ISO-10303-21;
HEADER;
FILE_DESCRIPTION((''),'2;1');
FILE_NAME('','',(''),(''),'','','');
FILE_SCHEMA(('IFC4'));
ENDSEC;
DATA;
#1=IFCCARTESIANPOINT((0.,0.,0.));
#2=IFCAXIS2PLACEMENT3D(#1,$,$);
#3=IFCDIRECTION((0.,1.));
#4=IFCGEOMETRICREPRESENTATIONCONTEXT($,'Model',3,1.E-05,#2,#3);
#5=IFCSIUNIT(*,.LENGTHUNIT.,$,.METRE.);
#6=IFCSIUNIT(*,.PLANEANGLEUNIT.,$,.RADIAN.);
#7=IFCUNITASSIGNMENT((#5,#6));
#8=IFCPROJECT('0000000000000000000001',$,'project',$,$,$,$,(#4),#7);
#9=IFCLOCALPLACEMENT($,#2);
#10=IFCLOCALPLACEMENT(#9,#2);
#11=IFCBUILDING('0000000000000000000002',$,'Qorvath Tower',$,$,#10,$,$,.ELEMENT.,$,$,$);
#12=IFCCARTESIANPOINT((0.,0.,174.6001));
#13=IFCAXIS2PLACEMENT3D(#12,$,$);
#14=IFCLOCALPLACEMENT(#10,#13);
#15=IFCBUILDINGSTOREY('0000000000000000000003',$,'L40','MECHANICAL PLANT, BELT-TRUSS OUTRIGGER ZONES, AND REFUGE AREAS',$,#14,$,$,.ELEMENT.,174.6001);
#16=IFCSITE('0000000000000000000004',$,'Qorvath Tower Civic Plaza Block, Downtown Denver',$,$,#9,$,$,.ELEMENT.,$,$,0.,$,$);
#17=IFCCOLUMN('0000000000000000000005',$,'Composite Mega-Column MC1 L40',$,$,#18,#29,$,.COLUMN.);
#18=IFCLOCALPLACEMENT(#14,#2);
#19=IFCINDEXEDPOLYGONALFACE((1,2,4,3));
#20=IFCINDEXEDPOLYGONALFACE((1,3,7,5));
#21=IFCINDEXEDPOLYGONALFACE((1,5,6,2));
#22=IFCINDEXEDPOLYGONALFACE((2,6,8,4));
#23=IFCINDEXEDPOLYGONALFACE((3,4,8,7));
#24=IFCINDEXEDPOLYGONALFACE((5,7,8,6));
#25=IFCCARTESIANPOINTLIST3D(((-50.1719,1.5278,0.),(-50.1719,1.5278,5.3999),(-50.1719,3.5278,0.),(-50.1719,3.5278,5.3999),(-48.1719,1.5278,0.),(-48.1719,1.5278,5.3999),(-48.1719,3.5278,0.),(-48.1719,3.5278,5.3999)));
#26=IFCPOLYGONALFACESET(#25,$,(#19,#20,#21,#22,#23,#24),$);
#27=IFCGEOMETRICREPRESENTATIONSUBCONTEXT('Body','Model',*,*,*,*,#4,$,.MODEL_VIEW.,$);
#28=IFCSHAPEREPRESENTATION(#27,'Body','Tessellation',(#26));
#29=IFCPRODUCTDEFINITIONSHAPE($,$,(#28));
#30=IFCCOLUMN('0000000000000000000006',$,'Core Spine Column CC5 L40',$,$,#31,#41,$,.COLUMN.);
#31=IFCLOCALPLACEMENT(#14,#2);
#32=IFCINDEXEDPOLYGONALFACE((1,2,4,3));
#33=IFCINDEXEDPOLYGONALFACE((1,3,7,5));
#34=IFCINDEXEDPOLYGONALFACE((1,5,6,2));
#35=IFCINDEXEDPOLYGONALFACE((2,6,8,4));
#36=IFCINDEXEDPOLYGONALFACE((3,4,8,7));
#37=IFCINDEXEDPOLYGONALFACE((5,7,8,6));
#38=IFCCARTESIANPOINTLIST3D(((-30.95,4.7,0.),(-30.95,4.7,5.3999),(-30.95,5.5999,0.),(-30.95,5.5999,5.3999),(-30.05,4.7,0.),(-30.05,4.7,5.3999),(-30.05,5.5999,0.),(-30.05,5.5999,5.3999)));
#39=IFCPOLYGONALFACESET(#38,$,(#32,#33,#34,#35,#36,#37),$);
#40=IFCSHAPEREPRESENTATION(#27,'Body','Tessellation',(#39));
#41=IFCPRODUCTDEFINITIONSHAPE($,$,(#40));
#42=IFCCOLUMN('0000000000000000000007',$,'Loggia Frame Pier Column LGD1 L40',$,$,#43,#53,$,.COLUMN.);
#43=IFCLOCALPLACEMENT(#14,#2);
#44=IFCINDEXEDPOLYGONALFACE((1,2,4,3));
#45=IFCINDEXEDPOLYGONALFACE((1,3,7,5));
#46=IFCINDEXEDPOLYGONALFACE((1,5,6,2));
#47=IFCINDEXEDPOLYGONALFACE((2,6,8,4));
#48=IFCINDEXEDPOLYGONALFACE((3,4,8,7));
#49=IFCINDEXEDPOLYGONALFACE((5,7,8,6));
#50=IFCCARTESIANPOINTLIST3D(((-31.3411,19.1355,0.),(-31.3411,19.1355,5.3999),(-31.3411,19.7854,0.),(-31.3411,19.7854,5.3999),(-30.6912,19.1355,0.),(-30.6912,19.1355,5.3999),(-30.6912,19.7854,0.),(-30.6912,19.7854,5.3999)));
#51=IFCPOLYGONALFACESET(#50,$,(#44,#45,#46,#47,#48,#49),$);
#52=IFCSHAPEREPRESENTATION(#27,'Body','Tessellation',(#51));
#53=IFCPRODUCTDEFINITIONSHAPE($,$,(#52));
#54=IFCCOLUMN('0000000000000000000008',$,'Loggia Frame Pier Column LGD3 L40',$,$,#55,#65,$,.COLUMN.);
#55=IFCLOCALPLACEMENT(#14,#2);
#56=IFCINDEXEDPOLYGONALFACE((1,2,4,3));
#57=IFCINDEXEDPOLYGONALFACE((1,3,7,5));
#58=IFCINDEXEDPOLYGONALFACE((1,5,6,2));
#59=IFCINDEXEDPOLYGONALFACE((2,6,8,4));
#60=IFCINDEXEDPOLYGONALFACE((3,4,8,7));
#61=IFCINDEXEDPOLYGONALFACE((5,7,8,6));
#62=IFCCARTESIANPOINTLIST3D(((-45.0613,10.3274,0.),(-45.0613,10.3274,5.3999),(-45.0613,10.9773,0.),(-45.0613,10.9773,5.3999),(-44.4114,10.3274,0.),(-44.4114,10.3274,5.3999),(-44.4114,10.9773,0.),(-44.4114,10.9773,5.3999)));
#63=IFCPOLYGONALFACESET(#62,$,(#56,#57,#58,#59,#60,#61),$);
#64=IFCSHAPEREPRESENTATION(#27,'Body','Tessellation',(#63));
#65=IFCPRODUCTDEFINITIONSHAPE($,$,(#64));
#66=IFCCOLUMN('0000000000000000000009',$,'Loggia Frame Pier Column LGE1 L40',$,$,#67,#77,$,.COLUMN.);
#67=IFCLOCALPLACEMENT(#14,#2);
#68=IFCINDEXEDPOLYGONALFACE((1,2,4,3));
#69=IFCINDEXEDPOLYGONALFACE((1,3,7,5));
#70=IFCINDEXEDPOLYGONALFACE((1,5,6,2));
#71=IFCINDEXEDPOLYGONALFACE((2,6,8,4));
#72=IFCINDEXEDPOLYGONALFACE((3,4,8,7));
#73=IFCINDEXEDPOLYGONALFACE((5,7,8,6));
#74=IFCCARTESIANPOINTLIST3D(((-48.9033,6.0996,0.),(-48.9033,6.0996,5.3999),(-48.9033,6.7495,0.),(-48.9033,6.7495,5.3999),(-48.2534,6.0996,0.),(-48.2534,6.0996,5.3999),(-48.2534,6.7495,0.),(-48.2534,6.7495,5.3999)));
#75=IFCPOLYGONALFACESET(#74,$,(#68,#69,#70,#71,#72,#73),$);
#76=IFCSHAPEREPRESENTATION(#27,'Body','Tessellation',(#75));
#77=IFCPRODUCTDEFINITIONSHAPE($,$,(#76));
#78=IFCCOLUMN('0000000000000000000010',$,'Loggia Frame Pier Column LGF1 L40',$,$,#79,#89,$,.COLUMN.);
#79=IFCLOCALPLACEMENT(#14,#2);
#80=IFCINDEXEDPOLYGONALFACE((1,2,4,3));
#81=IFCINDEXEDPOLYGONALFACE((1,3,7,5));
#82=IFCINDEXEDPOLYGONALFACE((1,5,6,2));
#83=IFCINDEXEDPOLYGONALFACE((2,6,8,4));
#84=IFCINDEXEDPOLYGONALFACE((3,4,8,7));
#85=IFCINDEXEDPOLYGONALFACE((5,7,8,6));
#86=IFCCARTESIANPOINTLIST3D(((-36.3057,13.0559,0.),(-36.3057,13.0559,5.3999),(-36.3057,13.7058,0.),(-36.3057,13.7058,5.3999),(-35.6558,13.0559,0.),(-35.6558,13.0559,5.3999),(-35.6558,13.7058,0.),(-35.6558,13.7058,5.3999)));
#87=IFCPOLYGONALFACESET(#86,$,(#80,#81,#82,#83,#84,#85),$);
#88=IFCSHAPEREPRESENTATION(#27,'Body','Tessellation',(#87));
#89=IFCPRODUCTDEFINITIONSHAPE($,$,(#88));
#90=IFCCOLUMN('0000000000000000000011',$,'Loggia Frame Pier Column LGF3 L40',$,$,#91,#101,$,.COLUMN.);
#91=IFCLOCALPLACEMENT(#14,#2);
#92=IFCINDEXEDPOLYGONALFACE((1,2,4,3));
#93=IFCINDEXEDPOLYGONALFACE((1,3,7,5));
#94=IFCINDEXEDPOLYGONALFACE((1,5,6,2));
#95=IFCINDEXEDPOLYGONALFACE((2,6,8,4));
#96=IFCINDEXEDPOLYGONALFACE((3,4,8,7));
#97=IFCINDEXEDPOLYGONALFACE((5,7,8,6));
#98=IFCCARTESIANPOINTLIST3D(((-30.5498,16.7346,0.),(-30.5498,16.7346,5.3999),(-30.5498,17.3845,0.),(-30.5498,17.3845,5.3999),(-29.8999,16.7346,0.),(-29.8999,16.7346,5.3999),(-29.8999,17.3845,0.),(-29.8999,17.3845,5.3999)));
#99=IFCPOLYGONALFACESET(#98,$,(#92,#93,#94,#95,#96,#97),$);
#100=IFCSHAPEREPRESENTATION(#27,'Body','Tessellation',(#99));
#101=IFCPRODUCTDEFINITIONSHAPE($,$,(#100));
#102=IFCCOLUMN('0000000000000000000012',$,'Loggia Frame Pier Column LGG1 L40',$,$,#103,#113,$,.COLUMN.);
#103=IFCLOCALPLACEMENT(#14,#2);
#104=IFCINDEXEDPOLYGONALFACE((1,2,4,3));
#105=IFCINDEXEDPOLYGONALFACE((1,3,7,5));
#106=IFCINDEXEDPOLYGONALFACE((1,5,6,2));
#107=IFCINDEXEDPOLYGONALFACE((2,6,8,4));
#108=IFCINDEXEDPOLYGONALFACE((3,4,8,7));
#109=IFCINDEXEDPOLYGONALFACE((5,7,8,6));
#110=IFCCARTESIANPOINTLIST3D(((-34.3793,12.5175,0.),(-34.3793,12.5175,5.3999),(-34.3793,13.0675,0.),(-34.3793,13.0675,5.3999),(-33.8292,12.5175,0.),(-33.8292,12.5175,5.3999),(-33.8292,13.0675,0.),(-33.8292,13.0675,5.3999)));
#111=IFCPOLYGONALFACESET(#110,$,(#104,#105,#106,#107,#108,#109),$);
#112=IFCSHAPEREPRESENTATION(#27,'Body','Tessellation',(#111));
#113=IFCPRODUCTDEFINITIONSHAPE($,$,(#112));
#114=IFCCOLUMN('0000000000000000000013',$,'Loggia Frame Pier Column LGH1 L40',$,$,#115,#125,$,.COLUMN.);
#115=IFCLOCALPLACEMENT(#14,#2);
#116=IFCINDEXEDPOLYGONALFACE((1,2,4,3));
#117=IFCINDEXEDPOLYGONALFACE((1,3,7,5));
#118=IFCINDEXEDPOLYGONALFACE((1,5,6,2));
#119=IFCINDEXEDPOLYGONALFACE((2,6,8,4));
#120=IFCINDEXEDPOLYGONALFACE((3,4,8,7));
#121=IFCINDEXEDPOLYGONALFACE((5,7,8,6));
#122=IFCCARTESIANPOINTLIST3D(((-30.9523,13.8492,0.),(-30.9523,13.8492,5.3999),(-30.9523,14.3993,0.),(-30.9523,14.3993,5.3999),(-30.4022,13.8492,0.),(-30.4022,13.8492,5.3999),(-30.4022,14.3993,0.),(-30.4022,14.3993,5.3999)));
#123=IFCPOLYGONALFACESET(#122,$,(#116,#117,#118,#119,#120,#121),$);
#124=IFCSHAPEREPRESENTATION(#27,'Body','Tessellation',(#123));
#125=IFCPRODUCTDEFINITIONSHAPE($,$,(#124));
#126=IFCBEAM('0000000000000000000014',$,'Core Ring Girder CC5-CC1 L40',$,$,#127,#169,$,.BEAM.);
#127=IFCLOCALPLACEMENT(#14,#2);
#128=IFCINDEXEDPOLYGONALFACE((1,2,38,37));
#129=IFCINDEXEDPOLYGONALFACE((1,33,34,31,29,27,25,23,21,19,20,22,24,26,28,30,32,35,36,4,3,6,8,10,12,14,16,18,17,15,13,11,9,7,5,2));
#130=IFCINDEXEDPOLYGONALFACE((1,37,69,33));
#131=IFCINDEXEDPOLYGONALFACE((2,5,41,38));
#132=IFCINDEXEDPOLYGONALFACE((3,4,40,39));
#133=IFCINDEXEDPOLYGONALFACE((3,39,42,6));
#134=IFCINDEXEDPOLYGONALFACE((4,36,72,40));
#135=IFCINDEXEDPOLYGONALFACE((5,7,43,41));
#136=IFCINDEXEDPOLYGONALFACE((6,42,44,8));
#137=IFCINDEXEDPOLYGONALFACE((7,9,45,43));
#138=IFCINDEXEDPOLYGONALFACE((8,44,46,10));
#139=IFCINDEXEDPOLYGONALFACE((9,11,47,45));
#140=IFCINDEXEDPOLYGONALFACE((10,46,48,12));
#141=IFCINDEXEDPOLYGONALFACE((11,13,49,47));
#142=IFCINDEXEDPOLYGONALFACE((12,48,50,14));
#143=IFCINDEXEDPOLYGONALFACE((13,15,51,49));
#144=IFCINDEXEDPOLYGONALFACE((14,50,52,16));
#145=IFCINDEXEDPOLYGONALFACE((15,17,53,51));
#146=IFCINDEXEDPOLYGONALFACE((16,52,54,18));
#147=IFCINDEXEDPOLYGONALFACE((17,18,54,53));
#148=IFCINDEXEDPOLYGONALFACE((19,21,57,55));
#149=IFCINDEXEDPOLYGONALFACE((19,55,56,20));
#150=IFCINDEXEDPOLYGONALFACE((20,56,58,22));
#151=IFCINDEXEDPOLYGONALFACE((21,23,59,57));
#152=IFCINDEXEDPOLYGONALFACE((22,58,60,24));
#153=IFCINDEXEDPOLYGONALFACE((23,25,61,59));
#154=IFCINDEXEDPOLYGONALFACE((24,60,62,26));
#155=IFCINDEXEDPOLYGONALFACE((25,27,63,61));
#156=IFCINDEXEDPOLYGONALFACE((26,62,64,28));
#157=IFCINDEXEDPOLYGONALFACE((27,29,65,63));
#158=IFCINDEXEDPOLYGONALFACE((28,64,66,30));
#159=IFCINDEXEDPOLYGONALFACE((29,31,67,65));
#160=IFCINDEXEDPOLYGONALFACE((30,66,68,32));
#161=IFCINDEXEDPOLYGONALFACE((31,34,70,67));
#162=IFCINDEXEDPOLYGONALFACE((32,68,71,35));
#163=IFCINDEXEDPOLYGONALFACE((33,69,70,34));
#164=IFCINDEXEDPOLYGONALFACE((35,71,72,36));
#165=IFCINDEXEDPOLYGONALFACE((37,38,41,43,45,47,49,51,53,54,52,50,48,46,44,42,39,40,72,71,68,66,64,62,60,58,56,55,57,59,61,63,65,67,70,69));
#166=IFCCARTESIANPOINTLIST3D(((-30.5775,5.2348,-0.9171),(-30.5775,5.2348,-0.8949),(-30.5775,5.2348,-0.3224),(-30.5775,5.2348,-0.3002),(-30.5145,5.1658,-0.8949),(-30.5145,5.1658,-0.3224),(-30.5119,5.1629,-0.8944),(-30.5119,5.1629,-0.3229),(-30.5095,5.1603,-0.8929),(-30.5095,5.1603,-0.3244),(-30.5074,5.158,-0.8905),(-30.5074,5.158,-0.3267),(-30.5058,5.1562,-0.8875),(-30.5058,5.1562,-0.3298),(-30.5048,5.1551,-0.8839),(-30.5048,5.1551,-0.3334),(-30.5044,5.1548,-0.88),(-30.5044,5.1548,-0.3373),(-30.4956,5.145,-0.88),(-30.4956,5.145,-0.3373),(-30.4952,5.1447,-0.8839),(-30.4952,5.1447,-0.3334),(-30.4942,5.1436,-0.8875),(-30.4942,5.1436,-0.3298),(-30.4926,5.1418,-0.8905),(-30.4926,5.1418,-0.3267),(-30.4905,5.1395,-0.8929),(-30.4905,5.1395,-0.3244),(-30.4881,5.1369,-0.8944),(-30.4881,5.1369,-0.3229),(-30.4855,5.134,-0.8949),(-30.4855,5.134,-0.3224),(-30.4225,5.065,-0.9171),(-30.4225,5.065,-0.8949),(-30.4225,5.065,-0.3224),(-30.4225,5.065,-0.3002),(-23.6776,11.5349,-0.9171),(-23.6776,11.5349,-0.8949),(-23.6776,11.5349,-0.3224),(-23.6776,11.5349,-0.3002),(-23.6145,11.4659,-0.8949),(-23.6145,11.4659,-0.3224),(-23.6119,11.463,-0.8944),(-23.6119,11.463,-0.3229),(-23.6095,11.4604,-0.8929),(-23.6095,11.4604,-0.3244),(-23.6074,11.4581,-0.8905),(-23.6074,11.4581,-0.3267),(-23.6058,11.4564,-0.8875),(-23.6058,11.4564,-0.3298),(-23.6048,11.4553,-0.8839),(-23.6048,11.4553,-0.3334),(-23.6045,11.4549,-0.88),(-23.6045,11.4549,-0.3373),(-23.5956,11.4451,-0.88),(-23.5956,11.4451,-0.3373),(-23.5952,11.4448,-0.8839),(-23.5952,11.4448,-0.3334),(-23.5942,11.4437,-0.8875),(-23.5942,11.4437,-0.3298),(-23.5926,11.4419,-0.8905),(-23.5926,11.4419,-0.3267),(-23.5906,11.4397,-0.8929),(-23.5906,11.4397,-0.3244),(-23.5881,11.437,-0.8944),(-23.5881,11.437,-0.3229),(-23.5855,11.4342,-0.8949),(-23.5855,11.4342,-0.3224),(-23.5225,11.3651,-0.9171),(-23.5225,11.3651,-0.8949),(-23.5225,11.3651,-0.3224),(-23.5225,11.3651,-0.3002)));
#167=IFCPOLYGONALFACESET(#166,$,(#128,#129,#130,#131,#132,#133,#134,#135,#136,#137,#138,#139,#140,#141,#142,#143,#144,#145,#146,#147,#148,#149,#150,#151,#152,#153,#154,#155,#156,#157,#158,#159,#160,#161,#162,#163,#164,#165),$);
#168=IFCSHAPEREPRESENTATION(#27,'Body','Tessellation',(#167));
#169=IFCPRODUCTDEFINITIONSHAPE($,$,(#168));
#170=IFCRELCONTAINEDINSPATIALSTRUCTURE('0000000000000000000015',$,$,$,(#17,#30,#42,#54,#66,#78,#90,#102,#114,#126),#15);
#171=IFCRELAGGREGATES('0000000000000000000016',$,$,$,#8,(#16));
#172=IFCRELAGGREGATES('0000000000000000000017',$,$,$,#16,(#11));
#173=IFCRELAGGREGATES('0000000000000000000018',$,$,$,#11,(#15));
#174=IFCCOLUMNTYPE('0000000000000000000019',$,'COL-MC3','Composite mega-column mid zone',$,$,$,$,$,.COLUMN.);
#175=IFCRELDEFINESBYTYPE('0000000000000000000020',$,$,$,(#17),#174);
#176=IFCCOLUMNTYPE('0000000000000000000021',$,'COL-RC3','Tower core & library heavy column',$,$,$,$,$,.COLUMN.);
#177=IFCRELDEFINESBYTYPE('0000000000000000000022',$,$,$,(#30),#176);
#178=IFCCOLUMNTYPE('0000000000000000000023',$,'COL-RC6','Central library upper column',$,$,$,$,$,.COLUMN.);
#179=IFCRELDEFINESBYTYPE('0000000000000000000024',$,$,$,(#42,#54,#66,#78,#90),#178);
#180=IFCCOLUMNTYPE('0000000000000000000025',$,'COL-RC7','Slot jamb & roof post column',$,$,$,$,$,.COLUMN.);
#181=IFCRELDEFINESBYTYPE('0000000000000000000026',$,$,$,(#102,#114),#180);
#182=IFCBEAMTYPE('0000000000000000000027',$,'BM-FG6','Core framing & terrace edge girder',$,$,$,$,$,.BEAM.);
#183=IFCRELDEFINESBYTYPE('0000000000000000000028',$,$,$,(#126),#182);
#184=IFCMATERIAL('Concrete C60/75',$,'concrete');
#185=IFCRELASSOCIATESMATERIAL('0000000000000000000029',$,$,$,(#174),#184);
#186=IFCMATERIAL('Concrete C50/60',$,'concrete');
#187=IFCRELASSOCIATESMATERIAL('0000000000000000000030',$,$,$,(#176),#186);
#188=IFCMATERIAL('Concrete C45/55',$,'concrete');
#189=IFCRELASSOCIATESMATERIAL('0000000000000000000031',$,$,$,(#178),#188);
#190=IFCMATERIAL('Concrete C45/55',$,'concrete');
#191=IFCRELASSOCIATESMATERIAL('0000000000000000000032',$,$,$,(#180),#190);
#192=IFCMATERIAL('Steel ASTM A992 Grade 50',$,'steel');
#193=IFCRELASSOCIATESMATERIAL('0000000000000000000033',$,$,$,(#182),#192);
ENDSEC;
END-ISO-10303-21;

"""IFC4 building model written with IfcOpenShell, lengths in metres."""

from ifc_helpers import new_model, si_unit, direction, frame, origin, origin_2d, place, context, subcontext, project, spatial, rectangle, i_section, extrude, material, material_profile, profile_set, type_object, element, save


model = new_model("IFC4")

# Units and contexts
model_context = context("Model", 3, precision=1e-05, world=origin(), true_north=direction((0.0, 1.0)))
body_context = subcontext(model_context, "Body", "Model", "MODEL_VIEW")
ifc_project = project(units=[si_unit("LENGTHUNIT", "METRE"), si_unit("PLANEANGLEUNIT", "RADIAN")], contexts=[model_context])

# Site, building, storey
site_placement = place(None, origin())
site = spatial("IfcSite", under=ifc_project, at=site_placement, Name="Qorvath Tower Civic Plaza Block, Downtown Denver", CompositionType="ELEMENT", RefElevation=0.0)
building_placement = place(site_placement, origin())
building = spatial("IfcBuilding", under=site, at=building_placement, Name="Qorvath Tower", CompositionType="ELEMENT")
storey_placement = place(building_placement, frame((0.0, 0.0, 174.6001)))
storey = spatial("IfcBuildingStorey", under=building, at=storey_placement, Name="L40", Description="MECHANICAL PLANT, BELT-TRUSS OUTRIGGER ZONES, AND REFUGE AREAS", CompositionType="ELEMENT", Elevation=174.6001)

# Columns
ifc_material_1 = material(Name="Concrete C60/75", Category="concrete")
ifc_material_profile_1 = material_profile(ifc_material_1, rectangle(XDim=2.0, YDim=2.0, at=origin_2d()), Name="MC 2000x2000")
ifc_profile_set_1 = profile_set([ifc_material_profile_1], Name="Concrete C60/75")
column_type_1 = type_object("IfcColumnType", Name="COL-MC3", Description="Composite mega-column mid zone", PredefinedType="COLUMN", material=ifc_profile_set_1)
column_1_placement = place(storey_placement, frame((-49.1719, 2.5278, 0.0), z_axis=(0.0, 0.0, 1.0), x_axis=(1.0, 0.0, 0.0)))
element("IfcColumn", 1, at=column_1_placement, inside=storey, type_object=column_type_1, Name="Composite Mega-Column MC1 L40", PredefinedType="COLUMN", context=body_context, shape_type="SweptSolid", body=[
    extrude(rectangle(XDim=2.0, YDim=2.0, at=origin_2d()), origin(), (0.0, 0.0, 1.0), 5.3999),
])
ifc_material_2 = material(Name="Concrete C50/60", Category="concrete")
ifc_material_profile_2 = material_profile(ifc_material_2, rectangle(XDim=0.8999, YDim=0.8999, at=origin_2d()), Name="RC 900x900")
ifc_profile_set_2 = profile_set([ifc_material_profile_2], Name="Concrete C50/60")
column_type_2 = type_object("IfcColumnType", Name="COL-RC3", Description="Tower core & library heavy column", PredefinedType="COLUMN", material=ifc_profile_set_2)
column_2_placement = place(storey_placement, frame((-30.5, 5.1499, 0.0), z_axis=(0.0, 0.0, 1.0), x_axis=(1.0, 0.0, 0.0)))
element("IfcColumn", 2, at=column_2_placement, inside=storey, type_object=column_type_2, Name="Core Spine Column CC5 L40", PredefinedType="COLUMN", context=body_context, shape_type="SweptSolid", body=[
    extrude(rectangle(XDim=0.8999, YDim=0.8999, at=origin_2d()), origin(), (0.0, 0.0, 1.0), 5.3999),
])
ifc_material_3 = material(Name="Concrete C45/55", Category="concrete")
ifc_material_profile_3 = material_profile(ifc_material_3, rectangle(XDim=0.6499, YDim=0.6499, at=origin_2d()), Name="RC 650x650")
ifc_profile_set_3 = profile_set([ifc_material_profile_3], Name="Concrete C45/55")
column_type_3 = type_object("IfcColumnType", Name="COL-RC6", Description="Central library upper column", PredefinedType="COLUMN", material=ifc_profile_set_3)
for number, where, z_axis, x_axis, name in (
    (3, (-31.0161, 19.4604, 0.0), (0.0, 0.0, 1.0), (1.0, 0.0, 0.0), "Loggia Frame Pier Column LGD1 L40"),
    (4, (-44.7363, 10.6523, 0.0), (0.0, 0.0, 1.0), (1.0, 0.0, 0.0), "Loggia Frame Pier Column LGD3 L40"),
    (5, (-48.5784, 6.4246, 0.0), (0.0, 0.0, 1.0), (1.0, 0.0, 0.0), "Loggia Frame Pier Column LGE1 L40"),
    (6, (-35.9807, 13.3809, 0.0), (0.0, 0.0, 1.0), (1.0, 0.0, 0.0), "Loggia Frame Pier Column LGF1 L40"),
    (7, (-30.2249, 17.0596, 0.0), (0.0, 0.0, 1.0), (1.0, 0.0, 0.0), "Loggia Frame Pier Column LGF3 L40"),
):
    element("IfcColumn", number, at=place(storey_placement, frame(where, z_axis=z_axis, x_axis=x_axis)), inside=storey, type_object=column_type_3, Name=name, PredefinedType="COLUMN", context=body_context, shape_type="SweptSolid", body=[
        extrude(rectangle(XDim=0.6499, YDim=0.6499, at=origin_2d()), origin(), (0.0, 0.0, 1.0), 5.3999),
    ])
ifc_material_4 = material(Name="Concrete C45/55", Category="concrete")
ifc_material_profile_4 = material_profile(ifc_material_4, rectangle(XDim=0.55, YDim=0.55, at=origin_2d()), Name="RC 550x550")
ifc_profile_set_4 = profile_set([ifc_material_profile_4], Name="Concrete C45/55")
column_type_4 = type_object("IfcColumnType", Name="COL-RC7", Description="Slot jamb & roof post column", PredefinedType="COLUMN", material=ifc_profile_set_4)
for number, where, z_axis, x_axis, name in (
    (8, (-34.1042, 12.7925, 0.0), (0.0, 0.0, 1.0), (1.0, 0.0, 0.0), "Loggia Frame Pier Column LGG1 L40"),
    (9, (-30.6772, 14.1243, 0.0), (0.0, 0.0, 1.0), (1.0, 0.0, 0.0), "Loggia Frame Pier Column LGH1 L40"),
):
    element("IfcColumn", number, at=place(storey_placement, frame(where, z_axis=z_axis, x_axis=x_axis)), inside=storey, type_object=column_type_4, Name=name, PredefinedType="COLUMN", context=body_context, shape_type="SweptSolid", body=[
        extrude(rectangle(XDim=0.55, YDim=0.55, at=origin_2d()), origin(), (0.0, 0.0, 1.0), 5.3999),
    ])

# Beam
ifc_material_5 = material(Name="Steel ASTM A992 Grade 50", Category="steel")
ifc_material_profile_5 = material_profile(ifc_material_5, i_section(OverallWidth=0.23, OverallDepth=0.6169, WebThickness=0.0132, FlangeThickness=0.0222, FilletRadius=0.0149, at=origin_2d()), Name="W24x94")
ifc_profile_set_5 = profile_set([ifc_material_profile_5], Name="Steel ASTM A992 Grade 50")
beam_type_1 = type_object("IfcBeamType", Name="BM-FG6", Description="Core framing & terrace edge girder", PredefinedType="BEAM", material=ifc_profile_set_5)
beam_1_placement = place(storey_placement, frame((-30.5, 5.1499, -0.6086), z_axis=(0.738478, 0.674277, 0.0), x_axis=(-0.674277, 0.738478, 0.0)))
element("IfcBeam", 10, at=beam_1_placement, inside=storey, type_object=beam_type_1, Name="Core Ring Girder CC5-CC1 L40", PredefinedType="BEAM", context=body_context, shape_type="SweptSolid", body=[
    extrude(i_section(OverallWidth=0.23, OverallDepth=0.6169, WebThickness=0.0132, FlangeThickness=0.0222, FilletRadius=0.0149, at=origin_2d()), origin(), (0.0, 0.0, 1.0), 9.3435),
])

save(model, "model.ifc")
